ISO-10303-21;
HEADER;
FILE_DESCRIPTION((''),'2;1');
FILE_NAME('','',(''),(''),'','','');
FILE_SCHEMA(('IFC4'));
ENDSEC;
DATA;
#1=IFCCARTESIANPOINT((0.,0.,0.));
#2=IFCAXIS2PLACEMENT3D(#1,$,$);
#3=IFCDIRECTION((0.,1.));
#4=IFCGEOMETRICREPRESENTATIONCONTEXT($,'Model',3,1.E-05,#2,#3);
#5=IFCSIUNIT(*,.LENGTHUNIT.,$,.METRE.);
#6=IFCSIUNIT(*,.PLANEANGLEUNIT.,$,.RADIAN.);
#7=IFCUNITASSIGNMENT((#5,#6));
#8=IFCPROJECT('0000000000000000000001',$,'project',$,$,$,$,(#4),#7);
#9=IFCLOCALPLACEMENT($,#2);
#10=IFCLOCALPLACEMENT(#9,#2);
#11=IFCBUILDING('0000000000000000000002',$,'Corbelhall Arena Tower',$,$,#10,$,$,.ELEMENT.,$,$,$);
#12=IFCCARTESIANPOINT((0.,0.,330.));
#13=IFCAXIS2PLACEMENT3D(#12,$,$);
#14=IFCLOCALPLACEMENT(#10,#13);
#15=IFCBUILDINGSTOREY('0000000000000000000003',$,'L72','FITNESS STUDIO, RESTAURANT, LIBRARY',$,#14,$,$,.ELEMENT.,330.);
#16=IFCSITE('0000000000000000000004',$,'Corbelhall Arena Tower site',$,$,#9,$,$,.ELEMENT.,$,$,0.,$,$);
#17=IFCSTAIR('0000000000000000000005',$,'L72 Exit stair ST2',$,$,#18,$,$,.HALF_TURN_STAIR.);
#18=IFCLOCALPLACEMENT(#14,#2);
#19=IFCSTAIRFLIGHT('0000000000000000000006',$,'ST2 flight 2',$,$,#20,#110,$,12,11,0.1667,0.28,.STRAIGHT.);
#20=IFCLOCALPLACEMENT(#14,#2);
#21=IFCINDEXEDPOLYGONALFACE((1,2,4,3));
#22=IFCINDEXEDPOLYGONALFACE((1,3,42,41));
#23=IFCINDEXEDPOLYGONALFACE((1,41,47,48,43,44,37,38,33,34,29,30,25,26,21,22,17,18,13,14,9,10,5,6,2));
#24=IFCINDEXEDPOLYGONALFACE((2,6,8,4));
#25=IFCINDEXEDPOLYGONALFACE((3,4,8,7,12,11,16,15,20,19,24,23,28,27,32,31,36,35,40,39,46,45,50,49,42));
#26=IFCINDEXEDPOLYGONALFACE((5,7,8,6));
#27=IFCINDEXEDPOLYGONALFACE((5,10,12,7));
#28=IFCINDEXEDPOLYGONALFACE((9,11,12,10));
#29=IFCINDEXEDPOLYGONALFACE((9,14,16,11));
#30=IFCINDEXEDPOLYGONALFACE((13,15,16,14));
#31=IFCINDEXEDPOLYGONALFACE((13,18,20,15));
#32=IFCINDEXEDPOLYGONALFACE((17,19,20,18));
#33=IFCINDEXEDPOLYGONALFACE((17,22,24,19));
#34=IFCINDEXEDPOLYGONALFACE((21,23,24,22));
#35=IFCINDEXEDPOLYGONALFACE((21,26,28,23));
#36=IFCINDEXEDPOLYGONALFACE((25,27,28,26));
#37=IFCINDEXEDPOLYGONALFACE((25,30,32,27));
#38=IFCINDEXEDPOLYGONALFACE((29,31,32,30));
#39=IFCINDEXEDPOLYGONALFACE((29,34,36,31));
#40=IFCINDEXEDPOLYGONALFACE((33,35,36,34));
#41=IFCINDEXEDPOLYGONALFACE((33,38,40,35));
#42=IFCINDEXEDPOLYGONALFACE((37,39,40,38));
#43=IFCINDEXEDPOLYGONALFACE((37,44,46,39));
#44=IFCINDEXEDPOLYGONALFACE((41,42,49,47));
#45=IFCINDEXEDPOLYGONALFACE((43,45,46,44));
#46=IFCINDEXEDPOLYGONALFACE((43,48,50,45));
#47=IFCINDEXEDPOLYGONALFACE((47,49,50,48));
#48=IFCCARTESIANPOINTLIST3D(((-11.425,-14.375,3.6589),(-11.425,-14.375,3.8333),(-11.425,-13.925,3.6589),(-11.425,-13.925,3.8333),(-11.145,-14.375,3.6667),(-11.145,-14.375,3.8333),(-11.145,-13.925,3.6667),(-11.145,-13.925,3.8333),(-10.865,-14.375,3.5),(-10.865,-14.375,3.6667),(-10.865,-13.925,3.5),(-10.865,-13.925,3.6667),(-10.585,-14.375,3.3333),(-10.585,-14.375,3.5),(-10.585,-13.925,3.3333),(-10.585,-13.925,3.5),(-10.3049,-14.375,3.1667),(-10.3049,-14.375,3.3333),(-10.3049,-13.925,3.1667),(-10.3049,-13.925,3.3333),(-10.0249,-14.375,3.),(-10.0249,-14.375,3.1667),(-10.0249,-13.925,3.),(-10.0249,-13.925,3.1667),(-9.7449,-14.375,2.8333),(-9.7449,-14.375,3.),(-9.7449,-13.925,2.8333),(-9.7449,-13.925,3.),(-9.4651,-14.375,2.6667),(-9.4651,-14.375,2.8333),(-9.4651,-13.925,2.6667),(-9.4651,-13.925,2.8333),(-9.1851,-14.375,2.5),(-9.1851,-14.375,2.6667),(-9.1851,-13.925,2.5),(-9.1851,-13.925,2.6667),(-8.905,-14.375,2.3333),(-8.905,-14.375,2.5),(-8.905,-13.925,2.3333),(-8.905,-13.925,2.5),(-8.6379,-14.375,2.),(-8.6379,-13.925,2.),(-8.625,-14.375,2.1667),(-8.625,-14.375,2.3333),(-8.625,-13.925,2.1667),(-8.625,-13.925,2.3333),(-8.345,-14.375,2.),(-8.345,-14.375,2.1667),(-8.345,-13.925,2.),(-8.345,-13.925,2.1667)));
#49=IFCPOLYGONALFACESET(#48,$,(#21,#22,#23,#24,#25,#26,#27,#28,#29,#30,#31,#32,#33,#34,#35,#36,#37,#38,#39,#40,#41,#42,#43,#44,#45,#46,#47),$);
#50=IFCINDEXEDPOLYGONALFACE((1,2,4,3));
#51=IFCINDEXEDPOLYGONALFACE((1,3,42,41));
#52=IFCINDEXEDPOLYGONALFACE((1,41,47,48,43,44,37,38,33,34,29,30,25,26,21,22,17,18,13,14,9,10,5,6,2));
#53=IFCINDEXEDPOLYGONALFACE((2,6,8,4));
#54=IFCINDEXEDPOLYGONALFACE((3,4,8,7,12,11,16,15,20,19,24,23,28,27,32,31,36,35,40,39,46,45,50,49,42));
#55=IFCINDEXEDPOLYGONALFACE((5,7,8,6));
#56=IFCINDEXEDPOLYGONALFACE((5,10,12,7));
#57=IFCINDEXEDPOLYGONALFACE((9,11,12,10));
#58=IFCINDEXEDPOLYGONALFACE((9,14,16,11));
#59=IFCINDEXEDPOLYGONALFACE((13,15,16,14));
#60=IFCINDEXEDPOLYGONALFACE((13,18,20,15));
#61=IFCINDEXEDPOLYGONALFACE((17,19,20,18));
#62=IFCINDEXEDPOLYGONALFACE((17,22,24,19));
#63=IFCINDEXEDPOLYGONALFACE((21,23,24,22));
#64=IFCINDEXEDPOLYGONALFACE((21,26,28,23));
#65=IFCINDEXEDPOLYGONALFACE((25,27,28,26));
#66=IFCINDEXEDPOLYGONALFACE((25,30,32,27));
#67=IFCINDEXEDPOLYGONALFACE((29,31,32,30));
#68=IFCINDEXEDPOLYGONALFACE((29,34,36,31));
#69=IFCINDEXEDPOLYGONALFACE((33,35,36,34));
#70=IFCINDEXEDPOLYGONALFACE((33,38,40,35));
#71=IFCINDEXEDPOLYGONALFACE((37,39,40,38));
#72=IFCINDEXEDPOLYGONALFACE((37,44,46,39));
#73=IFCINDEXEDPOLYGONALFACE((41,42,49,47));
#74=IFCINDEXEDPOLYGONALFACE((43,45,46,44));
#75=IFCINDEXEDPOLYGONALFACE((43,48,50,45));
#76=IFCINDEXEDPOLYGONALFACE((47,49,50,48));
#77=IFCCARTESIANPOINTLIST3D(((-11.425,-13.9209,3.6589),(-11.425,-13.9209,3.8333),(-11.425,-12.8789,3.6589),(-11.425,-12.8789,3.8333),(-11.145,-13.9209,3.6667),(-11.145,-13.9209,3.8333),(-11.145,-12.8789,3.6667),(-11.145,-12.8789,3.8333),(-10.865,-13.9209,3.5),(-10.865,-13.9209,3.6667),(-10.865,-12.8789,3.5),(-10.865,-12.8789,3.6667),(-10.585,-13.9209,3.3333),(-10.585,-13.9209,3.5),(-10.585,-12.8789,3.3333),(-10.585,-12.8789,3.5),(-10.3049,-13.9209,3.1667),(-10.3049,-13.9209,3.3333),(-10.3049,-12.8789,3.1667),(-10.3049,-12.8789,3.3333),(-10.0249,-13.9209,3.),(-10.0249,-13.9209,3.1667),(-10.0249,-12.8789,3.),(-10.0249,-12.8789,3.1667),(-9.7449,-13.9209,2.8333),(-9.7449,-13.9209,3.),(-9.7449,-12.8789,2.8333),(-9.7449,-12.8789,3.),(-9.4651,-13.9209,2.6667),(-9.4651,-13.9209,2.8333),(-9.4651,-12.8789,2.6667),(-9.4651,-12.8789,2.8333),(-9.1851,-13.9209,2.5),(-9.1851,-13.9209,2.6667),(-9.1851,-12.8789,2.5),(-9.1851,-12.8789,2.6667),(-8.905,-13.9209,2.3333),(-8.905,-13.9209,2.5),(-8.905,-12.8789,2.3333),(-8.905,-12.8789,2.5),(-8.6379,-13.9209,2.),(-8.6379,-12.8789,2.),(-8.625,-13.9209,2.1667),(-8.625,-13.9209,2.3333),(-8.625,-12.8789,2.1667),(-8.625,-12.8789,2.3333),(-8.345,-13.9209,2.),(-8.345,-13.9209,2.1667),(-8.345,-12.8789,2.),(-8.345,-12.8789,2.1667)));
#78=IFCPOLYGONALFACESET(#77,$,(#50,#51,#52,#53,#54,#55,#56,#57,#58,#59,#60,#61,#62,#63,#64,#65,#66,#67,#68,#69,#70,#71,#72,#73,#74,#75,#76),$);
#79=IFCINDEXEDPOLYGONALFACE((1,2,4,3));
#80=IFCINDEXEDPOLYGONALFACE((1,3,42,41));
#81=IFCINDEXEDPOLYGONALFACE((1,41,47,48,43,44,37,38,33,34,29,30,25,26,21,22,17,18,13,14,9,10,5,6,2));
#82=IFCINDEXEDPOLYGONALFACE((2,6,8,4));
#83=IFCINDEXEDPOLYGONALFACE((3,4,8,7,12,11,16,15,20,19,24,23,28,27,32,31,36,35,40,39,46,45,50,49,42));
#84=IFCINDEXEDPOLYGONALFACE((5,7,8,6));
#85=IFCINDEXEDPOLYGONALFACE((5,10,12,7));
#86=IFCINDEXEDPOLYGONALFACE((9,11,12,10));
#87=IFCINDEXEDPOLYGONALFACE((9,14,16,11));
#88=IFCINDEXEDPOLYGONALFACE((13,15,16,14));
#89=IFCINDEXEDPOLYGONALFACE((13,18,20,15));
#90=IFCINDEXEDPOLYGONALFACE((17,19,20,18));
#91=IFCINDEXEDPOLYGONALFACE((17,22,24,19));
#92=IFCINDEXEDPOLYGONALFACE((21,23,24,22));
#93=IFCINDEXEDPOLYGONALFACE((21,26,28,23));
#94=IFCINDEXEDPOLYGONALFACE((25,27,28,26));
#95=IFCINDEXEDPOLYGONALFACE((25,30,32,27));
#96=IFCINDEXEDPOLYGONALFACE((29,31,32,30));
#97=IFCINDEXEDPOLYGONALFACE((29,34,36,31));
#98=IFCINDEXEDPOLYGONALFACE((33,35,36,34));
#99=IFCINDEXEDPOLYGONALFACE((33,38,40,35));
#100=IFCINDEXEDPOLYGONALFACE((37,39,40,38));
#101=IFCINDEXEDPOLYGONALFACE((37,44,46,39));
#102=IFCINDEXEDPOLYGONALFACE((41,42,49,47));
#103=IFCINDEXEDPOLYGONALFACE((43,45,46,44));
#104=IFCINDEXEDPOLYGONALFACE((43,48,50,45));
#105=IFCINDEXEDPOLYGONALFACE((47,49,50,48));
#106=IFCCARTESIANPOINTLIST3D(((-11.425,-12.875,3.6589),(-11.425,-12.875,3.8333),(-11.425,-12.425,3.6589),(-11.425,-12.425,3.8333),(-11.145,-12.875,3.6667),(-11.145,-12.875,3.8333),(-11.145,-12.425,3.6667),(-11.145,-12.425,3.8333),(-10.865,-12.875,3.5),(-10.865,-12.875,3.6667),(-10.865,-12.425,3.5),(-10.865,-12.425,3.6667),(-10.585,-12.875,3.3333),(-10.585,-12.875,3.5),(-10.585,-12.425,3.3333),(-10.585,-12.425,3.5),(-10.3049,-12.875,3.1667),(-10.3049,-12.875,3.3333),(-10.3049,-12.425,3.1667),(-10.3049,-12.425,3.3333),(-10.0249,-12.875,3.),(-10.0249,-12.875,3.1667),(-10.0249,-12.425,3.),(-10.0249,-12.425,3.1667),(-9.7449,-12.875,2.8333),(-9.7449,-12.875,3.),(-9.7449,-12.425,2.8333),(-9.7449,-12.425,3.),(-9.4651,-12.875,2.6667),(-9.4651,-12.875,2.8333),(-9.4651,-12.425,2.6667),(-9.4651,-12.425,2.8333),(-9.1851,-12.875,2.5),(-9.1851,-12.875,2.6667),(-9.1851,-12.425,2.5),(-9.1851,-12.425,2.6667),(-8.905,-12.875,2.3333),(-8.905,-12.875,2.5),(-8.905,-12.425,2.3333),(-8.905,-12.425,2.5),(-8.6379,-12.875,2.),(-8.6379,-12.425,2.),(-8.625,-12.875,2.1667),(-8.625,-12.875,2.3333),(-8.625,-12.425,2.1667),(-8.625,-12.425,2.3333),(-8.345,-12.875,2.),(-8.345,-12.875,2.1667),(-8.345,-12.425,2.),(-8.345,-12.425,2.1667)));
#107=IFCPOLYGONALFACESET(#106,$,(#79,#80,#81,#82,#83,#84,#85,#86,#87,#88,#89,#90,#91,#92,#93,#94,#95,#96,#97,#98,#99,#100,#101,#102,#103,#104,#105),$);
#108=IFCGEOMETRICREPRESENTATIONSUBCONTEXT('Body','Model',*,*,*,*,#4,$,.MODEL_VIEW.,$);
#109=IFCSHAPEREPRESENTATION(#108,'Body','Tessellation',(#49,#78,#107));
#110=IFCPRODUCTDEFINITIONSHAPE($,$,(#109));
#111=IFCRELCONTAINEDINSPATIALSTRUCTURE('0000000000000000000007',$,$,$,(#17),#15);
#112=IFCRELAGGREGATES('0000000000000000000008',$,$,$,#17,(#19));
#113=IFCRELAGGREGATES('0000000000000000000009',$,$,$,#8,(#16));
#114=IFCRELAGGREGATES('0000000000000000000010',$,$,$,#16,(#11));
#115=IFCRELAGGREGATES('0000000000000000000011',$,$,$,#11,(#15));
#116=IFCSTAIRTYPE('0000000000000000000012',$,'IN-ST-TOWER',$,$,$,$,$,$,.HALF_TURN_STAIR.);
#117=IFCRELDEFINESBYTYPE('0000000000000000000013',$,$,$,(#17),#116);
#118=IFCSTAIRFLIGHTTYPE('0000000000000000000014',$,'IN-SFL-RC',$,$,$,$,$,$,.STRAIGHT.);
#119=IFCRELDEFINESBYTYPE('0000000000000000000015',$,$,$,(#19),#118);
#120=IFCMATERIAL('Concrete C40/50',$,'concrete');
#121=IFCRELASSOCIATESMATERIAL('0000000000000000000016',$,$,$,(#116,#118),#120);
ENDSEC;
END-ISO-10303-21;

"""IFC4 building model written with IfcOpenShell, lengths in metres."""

from ifc_helpers import new_model, si_unit, direction, frame, origin, place, context, subcontext, project, spatial, polyline, outline, extrude, material, type_object, element, aggregate, save


model = new_model("IFC4")

# Units and contexts
model_context = context("Model", 3, precision=1e-05, world=origin(), true_north=direction((0.0, 1.0)))
body_context = subcontext(model_context, "Body", "Model", "MODEL_VIEW")
ifc_project = project(units=[si_unit("LENGTHUNIT", "METRE"), si_unit("PLANEANGLEUNIT", "RADIAN")], contexts=[model_context])

# Site, building, storey
site_placement = place(None, origin())
site = spatial("IfcSite", under=ifc_project, at=site_placement, Name="Corbelhall Arena Tower site", CompositionType="ELEMENT", RefElevation=0.0)
building_placement = place(site_placement, origin())
building = spatial("IfcBuilding", under=site, at=building_placement, Name="Corbelhall Arena Tower", CompositionType="ELEMENT")
storey_placement = place(building_placement, frame((0.0, 0.0, 330.0)))
storey = spatial("IfcBuildingStorey", under=building, at=storey_placement, Name="L72", Description="FITNESS STUDIO, RESTAURANT, LIBRARY", CompositionType="ELEMENT", Elevation=330.0)

# Shared definitions
ifc_material_1 = material(Name="Concrete C40/50", Category="concrete")

# Stair, stair flight
stair_type = type_object("IfcStairType", Name="IN-ST-TOWER", PredefinedType="HALF_TURN_STAIR", material=ifc_material_1)
stair_placement = place(storey_placement, origin())
stair = element("IfcStair", 1, at=stair_placement, inside=storey, type_object=stair_type, Name="L72 Exit stair ST2", PredefinedType="HALF_TURN_STAIR")
stair_flight_type = type_object("IfcStairFlightType", Name="IN-SFL-RC", PredefinedType="STRAIGHT", material=ifc_material_1)
stair_flight_placement = place(storey_placement, frame((-8.345, -13.3999, 2.0), z_axis=(0.0, 0.0, 1.0), x_axis=(-1.0, 0.0, 0.0)))
stair_flight = element("IfcStairFlight", 2, at=stair_flight_placement, type_object=stair_flight_type, Name="ST2 flight 2", NumberOfRisers=12, NumberOfTreads=11, PredefinedType="STRAIGHT", RiserHeight=0.1667, TreadLength=0.28, context=body_context, shape_type="SweptSolid", body=[
    extrude(outline(polyline([(0.0, 0.0), (0.0, 0.1667), (0.28, 0.1667), (0.28, 0.3333), (0.5601, 0.3333), (0.5601, 0.5), (0.8401, 0.5), (0.8401, 0.6667), (1.1201, 0.6667), (1.1201, 0.8333), (1.3999, 0.8333), (1.3999, 1.0), (1.6799, 1.0), (1.6799, 1.1667), (1.96, 1.1667), (1.96, 1.3333), (2.24, 1.3333), (2.24, 1.5), (2.52, 1.5), (2.52, 1.6667), (2.8, 1.6667), (2.8, 1.8333), (3.0801, 1.8333), (3.0801, 2.0), (3.0801, 1.6589), (0.293, 0.0), (0.0, 0.0)])), frame((0.0, 0.9751, 0.0), z_axis=(0.0, -1.0, 0.0), x_axis=(1.0, 0.0, 0.0)), (0.0, 0.0, 1.0), 0.45),
    extrude(outline(polyline([(0.0, 0.0), (0.0, 0.1667), (0.28, 0.1667), (0.28, 0.3333), (0.5601, 0.3333), (0.5601, 0.5), (0.8401, 0.5), (0.8401, 0.6667), (1.1201, 0.6667), (1.1201, 0.8333), (1.3999, 0.8333), (1.3999, 1.0), (1.6799, 1.0), (1.6799, 1.1667), (1.96, 1.1667), (1.96, 1.3333), (2.24, 1.3333), (2.24, 1.5), (2.52, 1.5), (2.52, 1.6667), (2.8, 1.6667), (2.8, 1.8333), (3.0801, 1.8333), (3.0801, 2.0), (3.0801, 1.6589), (0.293, 0.0), (0.0, 0.0)])), frame((0.0, 0.521, 0.0), z_axis=(0.0, -1.0, 0.0), x_axis=(1.0, 0.0, 0.0)), (0.0, 0.0, 1.0), 1.042),
    extrude(outline(polyline([(0.0, 0.0), (0.0, 0.1667), (0.28, 0.1667), (0.28, 0.3333), (0.5601, 0.3333), (0.5601, 0.5), (0.8401, 0.5), (0.8401, 0.6667), (1.1201, 0.6667), (1.1201, 0.8333), (1.3999, 0.8333), (1.3999, 1.0), (1.6799, 1.0), (1.6799, 1.1667), (1.96, 1.1667), (1.96, 1.3333), (2.24, 1.3333), (2.24, 1.5), (2.52, 1.5), (2.52, 1.6667), (2.8, 1.6667), (2.8, 1.8333), (3.0801, 1.8333), (3.0801, 2.0), (3.0801, 1.6589), (0.293, 0.0), (0.0, 0.0)])), frame((0.0, -0.5249, 0.0), z_axis=(0.0, -1.0, 0.0), x_axis=(1.0, 0.0, 0.0)), (0.0, 0.0, 1.0), 0.45),
])
aggregate(stair, [stair_flight])

save(model, "model.ifc")
